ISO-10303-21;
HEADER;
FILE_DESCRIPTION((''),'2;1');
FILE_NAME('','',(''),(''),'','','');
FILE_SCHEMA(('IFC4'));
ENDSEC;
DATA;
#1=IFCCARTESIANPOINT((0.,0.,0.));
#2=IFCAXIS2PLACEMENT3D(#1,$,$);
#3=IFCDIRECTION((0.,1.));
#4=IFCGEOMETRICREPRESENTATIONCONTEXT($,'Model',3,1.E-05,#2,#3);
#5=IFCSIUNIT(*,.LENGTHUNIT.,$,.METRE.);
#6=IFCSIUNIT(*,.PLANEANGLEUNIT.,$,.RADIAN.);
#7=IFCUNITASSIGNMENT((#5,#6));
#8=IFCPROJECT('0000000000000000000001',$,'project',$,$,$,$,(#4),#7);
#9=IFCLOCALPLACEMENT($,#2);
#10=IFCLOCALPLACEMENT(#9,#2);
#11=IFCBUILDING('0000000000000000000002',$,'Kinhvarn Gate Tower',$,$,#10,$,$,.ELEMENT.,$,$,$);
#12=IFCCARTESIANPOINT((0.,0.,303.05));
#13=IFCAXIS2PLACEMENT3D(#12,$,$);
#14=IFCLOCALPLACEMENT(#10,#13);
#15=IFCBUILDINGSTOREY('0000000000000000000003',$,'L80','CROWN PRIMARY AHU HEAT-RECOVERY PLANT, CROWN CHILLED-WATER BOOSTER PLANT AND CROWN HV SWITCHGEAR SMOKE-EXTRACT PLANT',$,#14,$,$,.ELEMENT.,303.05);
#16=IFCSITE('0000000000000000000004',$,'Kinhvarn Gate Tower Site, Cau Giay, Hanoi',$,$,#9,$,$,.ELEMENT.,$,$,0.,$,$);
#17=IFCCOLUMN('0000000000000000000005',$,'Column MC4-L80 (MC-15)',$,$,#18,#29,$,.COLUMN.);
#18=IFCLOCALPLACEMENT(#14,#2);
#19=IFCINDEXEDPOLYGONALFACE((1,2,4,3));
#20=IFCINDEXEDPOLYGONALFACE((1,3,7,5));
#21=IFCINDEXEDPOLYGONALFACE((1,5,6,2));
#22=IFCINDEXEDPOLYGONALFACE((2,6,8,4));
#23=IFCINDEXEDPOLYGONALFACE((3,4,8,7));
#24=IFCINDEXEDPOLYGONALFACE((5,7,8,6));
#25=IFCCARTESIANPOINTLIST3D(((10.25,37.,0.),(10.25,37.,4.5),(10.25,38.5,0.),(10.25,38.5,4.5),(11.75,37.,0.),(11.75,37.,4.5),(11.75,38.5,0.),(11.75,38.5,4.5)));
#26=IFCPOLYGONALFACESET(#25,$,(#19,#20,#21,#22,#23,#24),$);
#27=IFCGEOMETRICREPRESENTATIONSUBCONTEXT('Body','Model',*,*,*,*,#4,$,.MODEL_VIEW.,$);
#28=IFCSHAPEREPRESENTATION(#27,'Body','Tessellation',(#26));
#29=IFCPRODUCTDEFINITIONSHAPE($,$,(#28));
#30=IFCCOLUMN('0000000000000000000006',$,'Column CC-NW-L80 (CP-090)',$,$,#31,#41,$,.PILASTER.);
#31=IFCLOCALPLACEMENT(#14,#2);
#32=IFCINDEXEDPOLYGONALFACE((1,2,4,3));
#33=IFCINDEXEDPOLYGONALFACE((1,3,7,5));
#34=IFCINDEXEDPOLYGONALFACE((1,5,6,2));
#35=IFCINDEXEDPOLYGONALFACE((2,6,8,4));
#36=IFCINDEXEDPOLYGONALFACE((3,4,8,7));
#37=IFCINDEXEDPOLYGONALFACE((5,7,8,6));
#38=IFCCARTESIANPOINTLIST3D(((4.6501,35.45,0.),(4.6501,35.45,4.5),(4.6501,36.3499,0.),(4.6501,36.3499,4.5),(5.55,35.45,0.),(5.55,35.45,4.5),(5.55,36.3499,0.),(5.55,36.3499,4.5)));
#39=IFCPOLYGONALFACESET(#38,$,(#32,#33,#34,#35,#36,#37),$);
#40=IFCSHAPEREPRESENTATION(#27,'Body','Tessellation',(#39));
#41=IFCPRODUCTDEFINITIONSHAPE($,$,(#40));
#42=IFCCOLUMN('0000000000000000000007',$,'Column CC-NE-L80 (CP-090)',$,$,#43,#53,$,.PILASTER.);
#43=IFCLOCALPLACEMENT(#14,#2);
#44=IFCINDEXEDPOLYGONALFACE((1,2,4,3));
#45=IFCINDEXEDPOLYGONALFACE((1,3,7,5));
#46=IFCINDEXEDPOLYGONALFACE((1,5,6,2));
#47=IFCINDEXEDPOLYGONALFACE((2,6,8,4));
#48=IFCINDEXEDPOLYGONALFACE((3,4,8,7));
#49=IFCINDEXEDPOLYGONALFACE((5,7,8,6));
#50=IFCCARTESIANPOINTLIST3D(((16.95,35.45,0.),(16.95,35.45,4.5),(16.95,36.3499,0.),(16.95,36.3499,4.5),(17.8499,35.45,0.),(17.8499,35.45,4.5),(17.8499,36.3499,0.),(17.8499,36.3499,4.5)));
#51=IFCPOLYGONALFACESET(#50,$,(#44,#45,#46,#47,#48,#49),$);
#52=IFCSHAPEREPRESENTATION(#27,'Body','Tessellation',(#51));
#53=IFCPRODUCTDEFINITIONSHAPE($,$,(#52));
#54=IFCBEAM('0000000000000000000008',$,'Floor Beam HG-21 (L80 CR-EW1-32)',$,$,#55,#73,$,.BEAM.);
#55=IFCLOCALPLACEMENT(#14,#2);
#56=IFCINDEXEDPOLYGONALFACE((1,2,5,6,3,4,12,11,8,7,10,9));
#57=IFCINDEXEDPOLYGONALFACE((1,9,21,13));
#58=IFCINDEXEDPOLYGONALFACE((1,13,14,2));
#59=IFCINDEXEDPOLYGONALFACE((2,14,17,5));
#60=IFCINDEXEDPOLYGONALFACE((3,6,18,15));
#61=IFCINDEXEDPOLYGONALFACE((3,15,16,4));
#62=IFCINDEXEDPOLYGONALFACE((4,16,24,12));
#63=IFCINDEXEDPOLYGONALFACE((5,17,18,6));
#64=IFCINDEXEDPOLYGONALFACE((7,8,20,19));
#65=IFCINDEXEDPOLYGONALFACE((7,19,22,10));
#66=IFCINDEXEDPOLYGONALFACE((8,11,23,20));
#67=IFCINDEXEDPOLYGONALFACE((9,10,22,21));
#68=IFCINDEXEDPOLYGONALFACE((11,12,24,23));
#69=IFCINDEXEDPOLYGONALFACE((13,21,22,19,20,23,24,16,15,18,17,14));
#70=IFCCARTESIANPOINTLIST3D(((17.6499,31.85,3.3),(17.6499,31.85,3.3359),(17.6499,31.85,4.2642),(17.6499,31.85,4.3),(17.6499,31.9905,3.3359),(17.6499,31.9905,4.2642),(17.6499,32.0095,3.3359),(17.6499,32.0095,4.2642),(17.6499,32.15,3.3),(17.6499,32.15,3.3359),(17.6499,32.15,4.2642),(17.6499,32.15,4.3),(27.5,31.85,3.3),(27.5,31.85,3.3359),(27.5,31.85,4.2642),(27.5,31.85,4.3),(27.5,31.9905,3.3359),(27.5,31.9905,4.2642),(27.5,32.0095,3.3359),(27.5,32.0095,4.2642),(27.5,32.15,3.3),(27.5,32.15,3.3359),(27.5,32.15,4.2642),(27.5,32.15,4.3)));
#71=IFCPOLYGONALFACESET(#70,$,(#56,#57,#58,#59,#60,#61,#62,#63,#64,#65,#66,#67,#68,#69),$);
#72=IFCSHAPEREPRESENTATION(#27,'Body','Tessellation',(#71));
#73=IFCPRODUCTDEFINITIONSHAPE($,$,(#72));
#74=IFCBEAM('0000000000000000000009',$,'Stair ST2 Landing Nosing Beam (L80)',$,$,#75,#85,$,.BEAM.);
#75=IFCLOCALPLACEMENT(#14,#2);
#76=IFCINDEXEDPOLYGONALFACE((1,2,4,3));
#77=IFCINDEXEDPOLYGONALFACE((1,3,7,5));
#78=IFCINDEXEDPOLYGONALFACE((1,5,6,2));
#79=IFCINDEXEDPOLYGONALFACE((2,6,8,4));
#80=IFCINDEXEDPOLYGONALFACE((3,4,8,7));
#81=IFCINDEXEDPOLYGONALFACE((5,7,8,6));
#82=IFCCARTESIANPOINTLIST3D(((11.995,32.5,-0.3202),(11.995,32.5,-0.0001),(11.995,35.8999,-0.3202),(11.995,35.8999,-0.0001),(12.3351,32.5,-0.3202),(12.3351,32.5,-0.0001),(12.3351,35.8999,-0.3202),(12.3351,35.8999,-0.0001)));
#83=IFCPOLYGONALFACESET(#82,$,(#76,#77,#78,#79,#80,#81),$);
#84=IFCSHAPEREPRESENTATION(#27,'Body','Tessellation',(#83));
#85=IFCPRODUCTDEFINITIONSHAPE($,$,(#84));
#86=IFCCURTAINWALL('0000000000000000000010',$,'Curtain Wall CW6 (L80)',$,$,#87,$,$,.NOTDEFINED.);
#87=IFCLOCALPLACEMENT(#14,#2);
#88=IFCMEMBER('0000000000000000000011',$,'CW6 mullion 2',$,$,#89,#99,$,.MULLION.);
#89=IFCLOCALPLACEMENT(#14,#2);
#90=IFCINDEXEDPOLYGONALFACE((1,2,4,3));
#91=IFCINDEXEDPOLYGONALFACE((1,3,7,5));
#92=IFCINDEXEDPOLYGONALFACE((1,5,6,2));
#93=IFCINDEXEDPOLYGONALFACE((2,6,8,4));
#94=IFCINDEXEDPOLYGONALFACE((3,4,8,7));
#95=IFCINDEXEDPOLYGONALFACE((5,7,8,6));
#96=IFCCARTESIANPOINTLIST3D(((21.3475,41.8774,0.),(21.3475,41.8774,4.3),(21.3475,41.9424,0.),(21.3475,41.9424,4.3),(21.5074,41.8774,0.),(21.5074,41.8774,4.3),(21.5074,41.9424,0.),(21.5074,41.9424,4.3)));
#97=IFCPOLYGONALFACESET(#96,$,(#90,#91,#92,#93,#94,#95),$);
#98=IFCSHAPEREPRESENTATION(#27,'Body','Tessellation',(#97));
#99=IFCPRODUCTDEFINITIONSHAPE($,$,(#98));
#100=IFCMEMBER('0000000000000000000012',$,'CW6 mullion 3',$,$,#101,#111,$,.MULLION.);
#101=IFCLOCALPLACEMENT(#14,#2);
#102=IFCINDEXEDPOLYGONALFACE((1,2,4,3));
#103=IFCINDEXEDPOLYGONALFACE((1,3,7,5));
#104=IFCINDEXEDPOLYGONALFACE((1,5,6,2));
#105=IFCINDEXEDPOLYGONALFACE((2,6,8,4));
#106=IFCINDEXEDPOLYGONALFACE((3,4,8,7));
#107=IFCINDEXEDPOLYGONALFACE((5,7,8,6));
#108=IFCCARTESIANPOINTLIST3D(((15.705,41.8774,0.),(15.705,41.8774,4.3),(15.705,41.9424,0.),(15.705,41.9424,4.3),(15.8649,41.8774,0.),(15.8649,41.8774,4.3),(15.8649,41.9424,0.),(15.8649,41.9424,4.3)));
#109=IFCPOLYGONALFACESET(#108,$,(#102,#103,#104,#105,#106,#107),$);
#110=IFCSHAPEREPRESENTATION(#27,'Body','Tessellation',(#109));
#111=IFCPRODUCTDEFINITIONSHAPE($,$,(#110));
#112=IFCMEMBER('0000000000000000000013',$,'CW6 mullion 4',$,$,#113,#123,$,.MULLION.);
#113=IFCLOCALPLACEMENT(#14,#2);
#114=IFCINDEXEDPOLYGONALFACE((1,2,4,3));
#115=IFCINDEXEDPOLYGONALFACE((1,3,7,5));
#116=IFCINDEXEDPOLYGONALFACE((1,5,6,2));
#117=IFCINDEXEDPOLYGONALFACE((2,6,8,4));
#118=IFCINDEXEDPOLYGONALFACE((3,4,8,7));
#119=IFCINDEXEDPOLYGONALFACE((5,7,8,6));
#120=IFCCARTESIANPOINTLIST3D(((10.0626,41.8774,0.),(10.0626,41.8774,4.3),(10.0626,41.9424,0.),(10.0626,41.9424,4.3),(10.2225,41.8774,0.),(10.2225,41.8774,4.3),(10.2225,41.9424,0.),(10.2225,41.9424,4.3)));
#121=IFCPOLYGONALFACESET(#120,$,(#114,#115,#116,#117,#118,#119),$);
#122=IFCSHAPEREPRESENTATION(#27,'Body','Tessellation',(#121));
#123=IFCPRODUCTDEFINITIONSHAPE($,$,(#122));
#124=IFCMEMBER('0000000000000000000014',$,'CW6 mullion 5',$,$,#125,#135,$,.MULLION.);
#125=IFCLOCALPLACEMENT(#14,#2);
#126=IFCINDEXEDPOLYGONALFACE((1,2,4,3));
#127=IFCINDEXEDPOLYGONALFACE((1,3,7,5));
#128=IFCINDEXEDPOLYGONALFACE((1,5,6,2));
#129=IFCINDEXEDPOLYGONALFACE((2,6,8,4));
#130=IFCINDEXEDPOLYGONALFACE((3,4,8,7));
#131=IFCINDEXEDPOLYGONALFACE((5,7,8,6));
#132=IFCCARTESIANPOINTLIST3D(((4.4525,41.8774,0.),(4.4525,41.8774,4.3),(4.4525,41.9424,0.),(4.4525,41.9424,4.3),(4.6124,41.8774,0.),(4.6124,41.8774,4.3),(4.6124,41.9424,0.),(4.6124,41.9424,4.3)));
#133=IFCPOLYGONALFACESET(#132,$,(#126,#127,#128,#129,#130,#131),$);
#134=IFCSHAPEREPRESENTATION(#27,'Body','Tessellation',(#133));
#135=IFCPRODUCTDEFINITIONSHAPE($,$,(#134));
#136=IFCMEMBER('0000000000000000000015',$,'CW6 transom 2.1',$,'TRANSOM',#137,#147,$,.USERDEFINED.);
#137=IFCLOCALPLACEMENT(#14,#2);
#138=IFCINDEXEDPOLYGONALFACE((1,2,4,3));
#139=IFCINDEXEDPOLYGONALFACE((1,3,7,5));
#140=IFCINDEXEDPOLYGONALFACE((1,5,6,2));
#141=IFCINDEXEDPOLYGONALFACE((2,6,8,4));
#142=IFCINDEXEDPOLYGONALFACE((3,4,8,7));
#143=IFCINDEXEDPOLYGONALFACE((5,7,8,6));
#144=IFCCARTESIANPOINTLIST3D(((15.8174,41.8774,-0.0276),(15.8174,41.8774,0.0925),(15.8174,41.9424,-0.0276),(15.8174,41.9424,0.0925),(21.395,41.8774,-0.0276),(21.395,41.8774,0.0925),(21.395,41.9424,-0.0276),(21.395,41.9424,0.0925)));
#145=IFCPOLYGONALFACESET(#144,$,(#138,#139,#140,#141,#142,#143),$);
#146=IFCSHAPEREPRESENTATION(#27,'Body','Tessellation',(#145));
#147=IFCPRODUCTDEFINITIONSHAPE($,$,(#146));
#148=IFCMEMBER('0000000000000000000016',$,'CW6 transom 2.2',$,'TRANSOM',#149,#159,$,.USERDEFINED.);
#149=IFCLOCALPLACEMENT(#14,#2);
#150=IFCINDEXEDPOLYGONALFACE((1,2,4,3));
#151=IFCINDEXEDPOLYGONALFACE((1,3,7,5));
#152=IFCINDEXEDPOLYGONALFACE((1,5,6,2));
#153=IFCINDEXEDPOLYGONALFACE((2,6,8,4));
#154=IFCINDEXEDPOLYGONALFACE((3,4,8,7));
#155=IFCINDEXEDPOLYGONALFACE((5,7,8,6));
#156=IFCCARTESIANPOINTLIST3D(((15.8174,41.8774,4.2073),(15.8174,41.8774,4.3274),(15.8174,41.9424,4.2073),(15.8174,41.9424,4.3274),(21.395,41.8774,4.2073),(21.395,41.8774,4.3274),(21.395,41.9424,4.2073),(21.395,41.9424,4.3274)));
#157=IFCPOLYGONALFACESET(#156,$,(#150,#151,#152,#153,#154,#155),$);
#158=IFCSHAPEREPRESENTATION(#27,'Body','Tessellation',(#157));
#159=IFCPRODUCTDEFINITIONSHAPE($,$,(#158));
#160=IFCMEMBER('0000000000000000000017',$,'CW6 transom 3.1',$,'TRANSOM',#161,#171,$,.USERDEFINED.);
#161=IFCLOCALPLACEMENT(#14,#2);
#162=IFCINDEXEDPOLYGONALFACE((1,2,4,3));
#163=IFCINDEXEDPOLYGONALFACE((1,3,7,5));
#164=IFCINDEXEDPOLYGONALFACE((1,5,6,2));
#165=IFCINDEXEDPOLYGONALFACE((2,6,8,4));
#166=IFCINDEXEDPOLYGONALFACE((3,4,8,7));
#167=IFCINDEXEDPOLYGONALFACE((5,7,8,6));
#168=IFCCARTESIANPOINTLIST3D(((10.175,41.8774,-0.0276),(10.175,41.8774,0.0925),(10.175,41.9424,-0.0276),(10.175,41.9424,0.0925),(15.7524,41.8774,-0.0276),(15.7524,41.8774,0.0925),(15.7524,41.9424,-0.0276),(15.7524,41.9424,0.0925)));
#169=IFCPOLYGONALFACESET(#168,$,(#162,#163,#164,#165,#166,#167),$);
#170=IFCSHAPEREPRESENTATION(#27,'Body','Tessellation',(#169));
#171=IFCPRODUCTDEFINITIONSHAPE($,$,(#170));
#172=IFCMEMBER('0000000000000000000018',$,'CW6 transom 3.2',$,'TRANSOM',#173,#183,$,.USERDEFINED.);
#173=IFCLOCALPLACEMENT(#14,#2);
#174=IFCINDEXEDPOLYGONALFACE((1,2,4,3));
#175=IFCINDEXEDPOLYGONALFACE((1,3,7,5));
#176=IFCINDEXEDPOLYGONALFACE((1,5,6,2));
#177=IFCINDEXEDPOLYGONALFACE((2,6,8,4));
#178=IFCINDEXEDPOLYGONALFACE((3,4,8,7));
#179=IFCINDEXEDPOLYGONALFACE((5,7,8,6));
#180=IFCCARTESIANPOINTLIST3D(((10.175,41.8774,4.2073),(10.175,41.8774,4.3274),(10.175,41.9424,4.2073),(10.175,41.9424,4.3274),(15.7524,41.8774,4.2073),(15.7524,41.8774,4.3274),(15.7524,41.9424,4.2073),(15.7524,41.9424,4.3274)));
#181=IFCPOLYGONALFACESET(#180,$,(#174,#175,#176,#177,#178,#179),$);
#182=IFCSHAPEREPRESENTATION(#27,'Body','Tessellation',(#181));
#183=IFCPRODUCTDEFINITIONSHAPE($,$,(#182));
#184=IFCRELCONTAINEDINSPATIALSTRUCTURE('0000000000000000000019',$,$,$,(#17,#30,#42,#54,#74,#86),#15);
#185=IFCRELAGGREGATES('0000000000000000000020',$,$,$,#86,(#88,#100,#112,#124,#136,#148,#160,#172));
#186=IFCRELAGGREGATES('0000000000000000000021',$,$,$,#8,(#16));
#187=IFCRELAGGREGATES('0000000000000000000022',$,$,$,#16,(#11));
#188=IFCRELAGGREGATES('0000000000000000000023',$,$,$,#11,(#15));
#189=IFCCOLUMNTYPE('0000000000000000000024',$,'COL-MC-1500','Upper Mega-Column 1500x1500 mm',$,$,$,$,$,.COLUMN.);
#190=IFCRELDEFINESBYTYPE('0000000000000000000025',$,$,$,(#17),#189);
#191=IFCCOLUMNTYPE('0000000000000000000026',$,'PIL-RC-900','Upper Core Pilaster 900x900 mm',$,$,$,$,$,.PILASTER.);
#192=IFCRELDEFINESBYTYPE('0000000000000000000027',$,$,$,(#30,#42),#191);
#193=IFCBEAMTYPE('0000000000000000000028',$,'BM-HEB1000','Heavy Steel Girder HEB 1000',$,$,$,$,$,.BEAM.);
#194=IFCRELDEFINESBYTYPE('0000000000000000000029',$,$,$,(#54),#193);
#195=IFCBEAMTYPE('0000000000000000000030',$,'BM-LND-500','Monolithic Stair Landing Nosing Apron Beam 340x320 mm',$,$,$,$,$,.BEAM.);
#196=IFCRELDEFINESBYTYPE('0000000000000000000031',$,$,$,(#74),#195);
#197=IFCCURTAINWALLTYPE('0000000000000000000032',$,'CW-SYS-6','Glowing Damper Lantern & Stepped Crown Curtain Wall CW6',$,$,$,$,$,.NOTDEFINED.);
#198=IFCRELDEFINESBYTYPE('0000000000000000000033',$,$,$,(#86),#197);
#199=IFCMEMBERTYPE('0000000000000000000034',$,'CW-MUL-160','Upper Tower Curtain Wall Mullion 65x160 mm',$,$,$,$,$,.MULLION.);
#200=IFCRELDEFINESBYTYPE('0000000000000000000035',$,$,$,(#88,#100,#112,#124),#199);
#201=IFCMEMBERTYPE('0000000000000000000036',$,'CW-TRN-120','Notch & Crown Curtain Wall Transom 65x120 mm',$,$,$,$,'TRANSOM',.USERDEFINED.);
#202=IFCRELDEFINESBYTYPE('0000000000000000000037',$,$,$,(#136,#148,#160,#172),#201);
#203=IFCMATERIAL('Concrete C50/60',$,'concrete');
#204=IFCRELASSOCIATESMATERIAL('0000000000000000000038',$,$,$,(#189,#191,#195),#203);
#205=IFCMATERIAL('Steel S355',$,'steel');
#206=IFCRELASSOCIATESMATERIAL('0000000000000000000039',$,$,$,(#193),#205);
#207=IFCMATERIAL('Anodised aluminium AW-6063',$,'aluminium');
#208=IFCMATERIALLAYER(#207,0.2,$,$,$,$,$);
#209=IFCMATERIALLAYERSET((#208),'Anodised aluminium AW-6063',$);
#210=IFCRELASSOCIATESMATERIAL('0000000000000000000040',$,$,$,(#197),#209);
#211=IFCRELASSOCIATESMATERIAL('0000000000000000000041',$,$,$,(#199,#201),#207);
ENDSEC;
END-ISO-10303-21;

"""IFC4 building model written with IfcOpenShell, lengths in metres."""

from ifc_helpers import new_model, si_unit, direction, frame, origin, origin_2d, place, context, subcontext, project, spatial, rectangle, i_section, extrude, material, layer, layer_set, material_profile, profile_set, type_object, element, aggregate, save


model = new_model("IFC4")

# Units and contexts
model_context = context("Model", 3, precision=1e-05, world=origin(), true_north=direction((0.0, 1.0)))
body_context = subcontext(model_context, "Body", "Model", "MODEL_VIEW")
ifc_project = project(units=[si_unit("LENGTHUNIT", "METRE"), si_unit("PLANEANGLEUNIT", "RADIAN")], contexts=[model_context])

# Site, building, storey
site_placement = place(None, origin())
site = spatial("IfcSite", under=ifc_project, at=site_placement, Name="Kinhvarn Gate Tower Site, Cau Giay, Hanoi", CompositionType="ELEMENT", RefElevation=0.0)
building_placement = place(site_placement, origin())
building = spatial("IfcBuilding", under=site, at=building_placement, Name="Kinhvarn Gate Tower", CompositionType="ELEMENT")
storey_placement = place(building_placement, frame((0.0, 0.0, 303.05)))
storey = spatial("IfcBuildingStorey", under=building, at=storey_placement, Name="L80", Description="CROWN PRIMARY AHU HEAT-RECOVERY PLANT, CROWN CHILLED-WATER BOOSTER PLANT AND CROWN HV SWITCHGEAR SMOKE-EXTRACT PLANT", CompositionType="ELEMENT", Elevation=303.05)

# Columns
ifc_material_1 = material(Name="Concrete C50/60", Category="concrete")
ifc_material_profile_1 = material_profile(ifc_material_1, rectangle(XDim=1.5, YDim=1.5, at=origin_2d()), Name="RC 1500x1500")
ifc_profile_set_1 = profile_set([ifc_material_profile_1], Name="Concrete C50/60")
column_type_1 = type_object("IfcColumnType", Name="COL-MC-1500", Description="Upper Mega-Column 1500x1500 mm", PredefinedType="COLUMN", material=ifc_profile_set_1)
column_placement = place(storey_placement, frame((11.0, 37.75, 0.0), z_axis=(0.0, 0.0, 1.0), x_axis=(1.0, 0.0, 0.0)))
element("IfcColumn", 1, at=column_placement, inside=storey, type_object=column_type_1, Name="Column MC4-L80 (MC-15)", PredefinedType="COLUMN", context=body_context, shape_type="SweptSolid", body=[
    extrude(rectangle(XDim=1.5, YDim=1.5, at=origin_2d()), origin(), (0.0, 0.0, 1.0), 4.5),
])
ifc_material_profile_2 = material_profile(ifc_material_1, rectangle(XDim=0.8999, YDim=0.8999, at=origin_2d()), Name="RC 900x900")
ifc_profile_set_2 = profile_set([ifc_material_profile_2], Name="Concrete C50/60")
column_type_2 = type_object("IfcColumnType", Name="PIL-RC-900", Description="Upper Core Pilaster 900x900 mm", PredefinedType="PILASTER", material=ifc_profile_set_2)
for number, where, z_axis, x_axis, name in (
    (2, (5.1001, 35.8999, 0.0), (0.0, 0.0, 1.0), (1.0, 0.0, 0.0), "Column CC-NW-L80 (CP-090)"),
    (3, (17.3999, 35.8999, 0.0), (0.0, 0.0, 1.0), (1.0, 0.0, 0.0), "Column CC-NE-L80 (CP-090)"),
):
    element("IfcColumn", number, at=place(storey_placement, frame(where, z_axis=z_axis, x_axis=x_axis)), inside=storey, type_object=column_type_2, Name=name, PredefinedType="PILASTER", context=body_context, shape_type="SweptSolid", body=[
        extrude(rectangle(XDim=0.8999, YDim=0.8999, at=origin_2d()), origin(), (0.0, 0.0, 1.0), 4.5),
    ])

# Beams
ifc_material_2 = material(Name="Steel S355", Category="steel")
ifc_material_profile_3 = material_profile(ifc_material_2, i_section(OverallWidth=0.3, OverallDepth=1.0, WebThickness=0.019, FlangeThickness=0.0359, at=origin_2d()), Name="HEB 1000")
ifc_profile_set_3 = profile_set([ifc_material_profile_3], Name="Steel S355")
beam_type_1 = type_object("IfcBeamType", Name="BM-HEB1000", Description="Heavy Steel Girder HEB 1000", PredefinedType="BEAM", material=ifc_profile_set_3)
beam_1_placement = place(storey_placement, frame((17.6499, 32.0, 3.8), z_axis=(1.0, 0.0, 0.0), x_axis=(0.0, 1.0, 0.0)))
element("IfcBeam", 4, at=beam_1_placement, inside=storey, type_object=beam_type_1, Name="Floor Beam HG-21 (L80 CR-EW1-32)", PredefinedType="BEAM", context=body_context, shape_type="SweptSolid", body=[
    extrude(i_section(OverallWidth=0.3, OverallDepth=1.0, WebThickness=0.019, FlangeThickness=0.0359, at=origin_2d()), origin(), (0.0, 0.0, 1.0), 9.8501),
])
ifc_material_profile_4 = material_profile(ifc_material_1, rectangle(XDim=0.3401, YDim=0.3201, at=origin_2d()), Name="RC 340x320")
ifc_profile_set_4 = profile_set([ifc_material_profile_4], Name="Concrete C50/60")
beam_type_2 = type_object("IfcBeamType", Name="BM-LND-500", Description="Monolithic Stair Landing Nosing Apron Beam 340x320 mm", PredefinedType="BEAM", material=ifc_profile_set_4)
beam_2_placement = place(storey_placement, frame((12.165, 32.5, -0.1602), z_axis=(0.0, 1.0, 0.0), x_axis=(-1.0, 0.0, 0.0)))
element("IfcBeam", 5, at=beam_2_placement, inside=storey, type_object=beam_type_2, Name="Stair ST2 Landing Nosing Beam (L80)", PredefinedType="BEAM", context=body_context, shape_type="SweptSolid", body=[
    extrude(rectangle(XDim=0.3401, YDim=0.3201, at=origin_2d()), origin(), (0.0, 0.0, 1.0), 3.3999),
])

# Curtain wall, members
ifc_material_3 = material(Name="Anodised aluminium AW-6063", Category="aluminium")
ifc_layer_1 = layer(ifc_material_3, 0.2)
ifc_layer_set_1 = layer_set([ifc_layer_1], Name="Anodised aluminium AW-6063")
curtain_wall_type = type_object("IfcCurtainWallType", Name="CW-SYS-6", Description="Glowing Damper Lantern & Stepped Crown Curtain Wall CW6", PredefinedType="NOTDEFINED", material=ifc_layer_set_1)
curtain_wall_placement = place(storey_placement, origin())
curtain_wall = element("IfcCurtainWall", 6, at=curtain_wall_placement, inside=storey, type_object=curtain_wall_type, Name="Curtain Wall CW6 (L80)", PredefinedType="NOTDEFINED")
ifc_material_profile_5 = material_profile(ifc_material_3, rectangle(XDim=0.0649, YDim=0.1599, at=origin_2d()), Name="ALU 65x160")
ifc_profile_set_5 = profile_set([ifc_material_profile_5], Name="Anodised aluminium AW-6063")
member_type_1 = type_object("IfcMemberType", Name="CW-MUL-160", Description="Upper Tower Curtain Wall Mullion 65x160 mm", PredefinedType="MULLION", material=ifc_profile_set_5)
member_1_placement = place(storey_placement, frame((21.4275, 41.9099, 0.0), z_axis=(0.0, 0.0, 1.0), x_axis=(0.0, -1.0, 0.0)))
member_1 = element("IfcMember", 7, at=member_1_placement, type_object=member_type_1, Name="CW6 mullion 2", PredefinedType="MULLION", context=body_context, shape_type="SweptSolid", body=[
    extrude(rectangle(XDim=0.0649, YDim=0.1599, at=origin_2d()), origin(), (0.0, 0.0, 1.0), 4.3),
])
member_2_placement = place(storey_placement, frame((15.7849, 41.9099, 0.0), z_axis=(0.0, 0.0, 1.0), x_axis=(0.0, -1.0, 0.0)))
member_2 = element("IfcMember", 8, at=member_2_placement, type_object=member_type_1, Name="CW6 mullion 3", PredefinedType="MULLION", context=body_context, shape_type="SweptSolid", body=[
    extrude(rectangle(XDim=0.0649, YDim=0.1599, at=origin_2d()), origin(), (0.0, 0.0, 1.0), 4.3),
])
member_3_placement = place(storey_placement, frame((10.1426, 41.9099, 0.0), z_axis=(0.0, 0.0, 1.0), x_axis=(0.0, -1.0, 0.0)))
member_3 = element("IfcMember", 9, at=member_3_placement, type_object=member_type_1, Name="CW6 mullion 4", PredefinedType="MULLION", context=body_context, shape_type="SweptSolid", body=[
    extrude(rectangle(XDim=0.0649, YDim=0.1599, at=origin_2d()), origin(), (0.0, 0.0, 1.0), 4.3),
])
member_4_placement = place(storey_placement, frame((4.5325, 41.9099, 0.0), z_axis=(0.0, 0.0, 1.0), x_axis=(0.0, -1.0, 0.0)))
member_4 = element("IfcMember", 10, at=member_4_placement, type_object=member_type_1, Name="CW6 mullion 5", PredefinedType="MULLION", context=body_context, shape_type="SweptSolid", body=[
    extrude(rectangle(XDim=0.0649, YDim=0.1599, at=origin_2d()), origin(), (0.0, 0.0, 1.0), 4.3),
])
ifc_material_profile_6 = material_profile(ifc_material_3, rectangle(XDim=0.0649, YDim=0.1201, at=origin_2d()), Name="ALU 65x120")
ifc_profile_set_6 = profile_set([ifc_material_profile_6], Name="Anodised aluminium AW-6063")
member_type_2 = type_object("IfcMemberType", Name="CW-TRN-120", Description="Notch & Crown Curtain Wall Transom 65x120 mm", ElementType="TRANSOM", PredefinedType="USERDEFINED", material=ifc_profile_set_6)
member_5_placement = place(storey_placement, frame((21.395, 41.9099, 0.0325), z_axis=(-1.0, 0.0, 0.0), x_axis=(0.0, -1.0, 0.0)))
member_5 = element("IfcMember", 11, at=member_5_placement, type_object=member_type_2, Name="CW6 transom 2.1", ObjectType="TRANSOM", PredefinedType="USERDEFINED", context=body_context, shape_type="SweptSolid", body=[
    extrude(rectangle(XDim=0.0649, YDim=0.1201, at=origin_2d()), origin(), (0.0, 0.0, 1.0), 5.5776),
])
member_6_placement = place(storey_placement, frame((21.395, 41.9099, 4.2673), z_axis=(-1.0, 0.0, 0.0), x_axis=(0.0, -1.0, 0.0)))
member_6 = element("IfcMember", 12, at=member_6_placement, type_object=member_type_2, Name="CW6 transom 2.2", ObjectType="TRANSOM", PredefinedType="USERDEFINED", context=body_context, shape_type="SweptSolid", body=[
    extrude(rectangle(XDim=0.0649, YDim=0.1201, at=origin_2d()), origin(), (0.0, 0.0, 1.0), 5.5776),
])
member_7_placement = place(storey_placement, frame((15.7524, 41.9099, 0.0325), z_axis=(-1.0, 0.0, 0.0), x_axis=(0.0, -1.0, 0.0)))
member_7 = element("IfcMember", 13, at=member_7_placement, type_object=member_type_2, Name="CW6 transom 3.1", ObjectType="TRANSOM", PredefinedType="USERDEFINED", context=body_context, shape_type="SweptSolid", body=[
    extrude(rectangle(XDim=0.0649, YDim=0.1201, at=origin_2d()), origin(), (0.0, 0.0, 1.0), 5.5774),
])
member_8_placement = place(storey_placement, frame((15.7524, 41.9099, 4.2673), z_axis=(-1.0, 0.0, 0.0), x_axis=(0.0, -1.0, 0.0)))
member_8 = element("IfcMember", 14, at=member_8_placement, type_object=member_type_2, Name="CW6 transom 3.2", ObjectType="TRANSOM", PredefinedType="USERDEFINED", context=body_context, shape_type="SweptSolid", body=[
    extrude(rectangle(XDim=0.0649, YDim=0.1201, at=origin_2d()), origin(), (0.0, 0.0, 1.0), 5.5774),
])

aggregate(curtain_wall, [member_1, member_2, member_3, member_4, member_5, member_6, member_7, member_8])

save(model, "model.ifc")
